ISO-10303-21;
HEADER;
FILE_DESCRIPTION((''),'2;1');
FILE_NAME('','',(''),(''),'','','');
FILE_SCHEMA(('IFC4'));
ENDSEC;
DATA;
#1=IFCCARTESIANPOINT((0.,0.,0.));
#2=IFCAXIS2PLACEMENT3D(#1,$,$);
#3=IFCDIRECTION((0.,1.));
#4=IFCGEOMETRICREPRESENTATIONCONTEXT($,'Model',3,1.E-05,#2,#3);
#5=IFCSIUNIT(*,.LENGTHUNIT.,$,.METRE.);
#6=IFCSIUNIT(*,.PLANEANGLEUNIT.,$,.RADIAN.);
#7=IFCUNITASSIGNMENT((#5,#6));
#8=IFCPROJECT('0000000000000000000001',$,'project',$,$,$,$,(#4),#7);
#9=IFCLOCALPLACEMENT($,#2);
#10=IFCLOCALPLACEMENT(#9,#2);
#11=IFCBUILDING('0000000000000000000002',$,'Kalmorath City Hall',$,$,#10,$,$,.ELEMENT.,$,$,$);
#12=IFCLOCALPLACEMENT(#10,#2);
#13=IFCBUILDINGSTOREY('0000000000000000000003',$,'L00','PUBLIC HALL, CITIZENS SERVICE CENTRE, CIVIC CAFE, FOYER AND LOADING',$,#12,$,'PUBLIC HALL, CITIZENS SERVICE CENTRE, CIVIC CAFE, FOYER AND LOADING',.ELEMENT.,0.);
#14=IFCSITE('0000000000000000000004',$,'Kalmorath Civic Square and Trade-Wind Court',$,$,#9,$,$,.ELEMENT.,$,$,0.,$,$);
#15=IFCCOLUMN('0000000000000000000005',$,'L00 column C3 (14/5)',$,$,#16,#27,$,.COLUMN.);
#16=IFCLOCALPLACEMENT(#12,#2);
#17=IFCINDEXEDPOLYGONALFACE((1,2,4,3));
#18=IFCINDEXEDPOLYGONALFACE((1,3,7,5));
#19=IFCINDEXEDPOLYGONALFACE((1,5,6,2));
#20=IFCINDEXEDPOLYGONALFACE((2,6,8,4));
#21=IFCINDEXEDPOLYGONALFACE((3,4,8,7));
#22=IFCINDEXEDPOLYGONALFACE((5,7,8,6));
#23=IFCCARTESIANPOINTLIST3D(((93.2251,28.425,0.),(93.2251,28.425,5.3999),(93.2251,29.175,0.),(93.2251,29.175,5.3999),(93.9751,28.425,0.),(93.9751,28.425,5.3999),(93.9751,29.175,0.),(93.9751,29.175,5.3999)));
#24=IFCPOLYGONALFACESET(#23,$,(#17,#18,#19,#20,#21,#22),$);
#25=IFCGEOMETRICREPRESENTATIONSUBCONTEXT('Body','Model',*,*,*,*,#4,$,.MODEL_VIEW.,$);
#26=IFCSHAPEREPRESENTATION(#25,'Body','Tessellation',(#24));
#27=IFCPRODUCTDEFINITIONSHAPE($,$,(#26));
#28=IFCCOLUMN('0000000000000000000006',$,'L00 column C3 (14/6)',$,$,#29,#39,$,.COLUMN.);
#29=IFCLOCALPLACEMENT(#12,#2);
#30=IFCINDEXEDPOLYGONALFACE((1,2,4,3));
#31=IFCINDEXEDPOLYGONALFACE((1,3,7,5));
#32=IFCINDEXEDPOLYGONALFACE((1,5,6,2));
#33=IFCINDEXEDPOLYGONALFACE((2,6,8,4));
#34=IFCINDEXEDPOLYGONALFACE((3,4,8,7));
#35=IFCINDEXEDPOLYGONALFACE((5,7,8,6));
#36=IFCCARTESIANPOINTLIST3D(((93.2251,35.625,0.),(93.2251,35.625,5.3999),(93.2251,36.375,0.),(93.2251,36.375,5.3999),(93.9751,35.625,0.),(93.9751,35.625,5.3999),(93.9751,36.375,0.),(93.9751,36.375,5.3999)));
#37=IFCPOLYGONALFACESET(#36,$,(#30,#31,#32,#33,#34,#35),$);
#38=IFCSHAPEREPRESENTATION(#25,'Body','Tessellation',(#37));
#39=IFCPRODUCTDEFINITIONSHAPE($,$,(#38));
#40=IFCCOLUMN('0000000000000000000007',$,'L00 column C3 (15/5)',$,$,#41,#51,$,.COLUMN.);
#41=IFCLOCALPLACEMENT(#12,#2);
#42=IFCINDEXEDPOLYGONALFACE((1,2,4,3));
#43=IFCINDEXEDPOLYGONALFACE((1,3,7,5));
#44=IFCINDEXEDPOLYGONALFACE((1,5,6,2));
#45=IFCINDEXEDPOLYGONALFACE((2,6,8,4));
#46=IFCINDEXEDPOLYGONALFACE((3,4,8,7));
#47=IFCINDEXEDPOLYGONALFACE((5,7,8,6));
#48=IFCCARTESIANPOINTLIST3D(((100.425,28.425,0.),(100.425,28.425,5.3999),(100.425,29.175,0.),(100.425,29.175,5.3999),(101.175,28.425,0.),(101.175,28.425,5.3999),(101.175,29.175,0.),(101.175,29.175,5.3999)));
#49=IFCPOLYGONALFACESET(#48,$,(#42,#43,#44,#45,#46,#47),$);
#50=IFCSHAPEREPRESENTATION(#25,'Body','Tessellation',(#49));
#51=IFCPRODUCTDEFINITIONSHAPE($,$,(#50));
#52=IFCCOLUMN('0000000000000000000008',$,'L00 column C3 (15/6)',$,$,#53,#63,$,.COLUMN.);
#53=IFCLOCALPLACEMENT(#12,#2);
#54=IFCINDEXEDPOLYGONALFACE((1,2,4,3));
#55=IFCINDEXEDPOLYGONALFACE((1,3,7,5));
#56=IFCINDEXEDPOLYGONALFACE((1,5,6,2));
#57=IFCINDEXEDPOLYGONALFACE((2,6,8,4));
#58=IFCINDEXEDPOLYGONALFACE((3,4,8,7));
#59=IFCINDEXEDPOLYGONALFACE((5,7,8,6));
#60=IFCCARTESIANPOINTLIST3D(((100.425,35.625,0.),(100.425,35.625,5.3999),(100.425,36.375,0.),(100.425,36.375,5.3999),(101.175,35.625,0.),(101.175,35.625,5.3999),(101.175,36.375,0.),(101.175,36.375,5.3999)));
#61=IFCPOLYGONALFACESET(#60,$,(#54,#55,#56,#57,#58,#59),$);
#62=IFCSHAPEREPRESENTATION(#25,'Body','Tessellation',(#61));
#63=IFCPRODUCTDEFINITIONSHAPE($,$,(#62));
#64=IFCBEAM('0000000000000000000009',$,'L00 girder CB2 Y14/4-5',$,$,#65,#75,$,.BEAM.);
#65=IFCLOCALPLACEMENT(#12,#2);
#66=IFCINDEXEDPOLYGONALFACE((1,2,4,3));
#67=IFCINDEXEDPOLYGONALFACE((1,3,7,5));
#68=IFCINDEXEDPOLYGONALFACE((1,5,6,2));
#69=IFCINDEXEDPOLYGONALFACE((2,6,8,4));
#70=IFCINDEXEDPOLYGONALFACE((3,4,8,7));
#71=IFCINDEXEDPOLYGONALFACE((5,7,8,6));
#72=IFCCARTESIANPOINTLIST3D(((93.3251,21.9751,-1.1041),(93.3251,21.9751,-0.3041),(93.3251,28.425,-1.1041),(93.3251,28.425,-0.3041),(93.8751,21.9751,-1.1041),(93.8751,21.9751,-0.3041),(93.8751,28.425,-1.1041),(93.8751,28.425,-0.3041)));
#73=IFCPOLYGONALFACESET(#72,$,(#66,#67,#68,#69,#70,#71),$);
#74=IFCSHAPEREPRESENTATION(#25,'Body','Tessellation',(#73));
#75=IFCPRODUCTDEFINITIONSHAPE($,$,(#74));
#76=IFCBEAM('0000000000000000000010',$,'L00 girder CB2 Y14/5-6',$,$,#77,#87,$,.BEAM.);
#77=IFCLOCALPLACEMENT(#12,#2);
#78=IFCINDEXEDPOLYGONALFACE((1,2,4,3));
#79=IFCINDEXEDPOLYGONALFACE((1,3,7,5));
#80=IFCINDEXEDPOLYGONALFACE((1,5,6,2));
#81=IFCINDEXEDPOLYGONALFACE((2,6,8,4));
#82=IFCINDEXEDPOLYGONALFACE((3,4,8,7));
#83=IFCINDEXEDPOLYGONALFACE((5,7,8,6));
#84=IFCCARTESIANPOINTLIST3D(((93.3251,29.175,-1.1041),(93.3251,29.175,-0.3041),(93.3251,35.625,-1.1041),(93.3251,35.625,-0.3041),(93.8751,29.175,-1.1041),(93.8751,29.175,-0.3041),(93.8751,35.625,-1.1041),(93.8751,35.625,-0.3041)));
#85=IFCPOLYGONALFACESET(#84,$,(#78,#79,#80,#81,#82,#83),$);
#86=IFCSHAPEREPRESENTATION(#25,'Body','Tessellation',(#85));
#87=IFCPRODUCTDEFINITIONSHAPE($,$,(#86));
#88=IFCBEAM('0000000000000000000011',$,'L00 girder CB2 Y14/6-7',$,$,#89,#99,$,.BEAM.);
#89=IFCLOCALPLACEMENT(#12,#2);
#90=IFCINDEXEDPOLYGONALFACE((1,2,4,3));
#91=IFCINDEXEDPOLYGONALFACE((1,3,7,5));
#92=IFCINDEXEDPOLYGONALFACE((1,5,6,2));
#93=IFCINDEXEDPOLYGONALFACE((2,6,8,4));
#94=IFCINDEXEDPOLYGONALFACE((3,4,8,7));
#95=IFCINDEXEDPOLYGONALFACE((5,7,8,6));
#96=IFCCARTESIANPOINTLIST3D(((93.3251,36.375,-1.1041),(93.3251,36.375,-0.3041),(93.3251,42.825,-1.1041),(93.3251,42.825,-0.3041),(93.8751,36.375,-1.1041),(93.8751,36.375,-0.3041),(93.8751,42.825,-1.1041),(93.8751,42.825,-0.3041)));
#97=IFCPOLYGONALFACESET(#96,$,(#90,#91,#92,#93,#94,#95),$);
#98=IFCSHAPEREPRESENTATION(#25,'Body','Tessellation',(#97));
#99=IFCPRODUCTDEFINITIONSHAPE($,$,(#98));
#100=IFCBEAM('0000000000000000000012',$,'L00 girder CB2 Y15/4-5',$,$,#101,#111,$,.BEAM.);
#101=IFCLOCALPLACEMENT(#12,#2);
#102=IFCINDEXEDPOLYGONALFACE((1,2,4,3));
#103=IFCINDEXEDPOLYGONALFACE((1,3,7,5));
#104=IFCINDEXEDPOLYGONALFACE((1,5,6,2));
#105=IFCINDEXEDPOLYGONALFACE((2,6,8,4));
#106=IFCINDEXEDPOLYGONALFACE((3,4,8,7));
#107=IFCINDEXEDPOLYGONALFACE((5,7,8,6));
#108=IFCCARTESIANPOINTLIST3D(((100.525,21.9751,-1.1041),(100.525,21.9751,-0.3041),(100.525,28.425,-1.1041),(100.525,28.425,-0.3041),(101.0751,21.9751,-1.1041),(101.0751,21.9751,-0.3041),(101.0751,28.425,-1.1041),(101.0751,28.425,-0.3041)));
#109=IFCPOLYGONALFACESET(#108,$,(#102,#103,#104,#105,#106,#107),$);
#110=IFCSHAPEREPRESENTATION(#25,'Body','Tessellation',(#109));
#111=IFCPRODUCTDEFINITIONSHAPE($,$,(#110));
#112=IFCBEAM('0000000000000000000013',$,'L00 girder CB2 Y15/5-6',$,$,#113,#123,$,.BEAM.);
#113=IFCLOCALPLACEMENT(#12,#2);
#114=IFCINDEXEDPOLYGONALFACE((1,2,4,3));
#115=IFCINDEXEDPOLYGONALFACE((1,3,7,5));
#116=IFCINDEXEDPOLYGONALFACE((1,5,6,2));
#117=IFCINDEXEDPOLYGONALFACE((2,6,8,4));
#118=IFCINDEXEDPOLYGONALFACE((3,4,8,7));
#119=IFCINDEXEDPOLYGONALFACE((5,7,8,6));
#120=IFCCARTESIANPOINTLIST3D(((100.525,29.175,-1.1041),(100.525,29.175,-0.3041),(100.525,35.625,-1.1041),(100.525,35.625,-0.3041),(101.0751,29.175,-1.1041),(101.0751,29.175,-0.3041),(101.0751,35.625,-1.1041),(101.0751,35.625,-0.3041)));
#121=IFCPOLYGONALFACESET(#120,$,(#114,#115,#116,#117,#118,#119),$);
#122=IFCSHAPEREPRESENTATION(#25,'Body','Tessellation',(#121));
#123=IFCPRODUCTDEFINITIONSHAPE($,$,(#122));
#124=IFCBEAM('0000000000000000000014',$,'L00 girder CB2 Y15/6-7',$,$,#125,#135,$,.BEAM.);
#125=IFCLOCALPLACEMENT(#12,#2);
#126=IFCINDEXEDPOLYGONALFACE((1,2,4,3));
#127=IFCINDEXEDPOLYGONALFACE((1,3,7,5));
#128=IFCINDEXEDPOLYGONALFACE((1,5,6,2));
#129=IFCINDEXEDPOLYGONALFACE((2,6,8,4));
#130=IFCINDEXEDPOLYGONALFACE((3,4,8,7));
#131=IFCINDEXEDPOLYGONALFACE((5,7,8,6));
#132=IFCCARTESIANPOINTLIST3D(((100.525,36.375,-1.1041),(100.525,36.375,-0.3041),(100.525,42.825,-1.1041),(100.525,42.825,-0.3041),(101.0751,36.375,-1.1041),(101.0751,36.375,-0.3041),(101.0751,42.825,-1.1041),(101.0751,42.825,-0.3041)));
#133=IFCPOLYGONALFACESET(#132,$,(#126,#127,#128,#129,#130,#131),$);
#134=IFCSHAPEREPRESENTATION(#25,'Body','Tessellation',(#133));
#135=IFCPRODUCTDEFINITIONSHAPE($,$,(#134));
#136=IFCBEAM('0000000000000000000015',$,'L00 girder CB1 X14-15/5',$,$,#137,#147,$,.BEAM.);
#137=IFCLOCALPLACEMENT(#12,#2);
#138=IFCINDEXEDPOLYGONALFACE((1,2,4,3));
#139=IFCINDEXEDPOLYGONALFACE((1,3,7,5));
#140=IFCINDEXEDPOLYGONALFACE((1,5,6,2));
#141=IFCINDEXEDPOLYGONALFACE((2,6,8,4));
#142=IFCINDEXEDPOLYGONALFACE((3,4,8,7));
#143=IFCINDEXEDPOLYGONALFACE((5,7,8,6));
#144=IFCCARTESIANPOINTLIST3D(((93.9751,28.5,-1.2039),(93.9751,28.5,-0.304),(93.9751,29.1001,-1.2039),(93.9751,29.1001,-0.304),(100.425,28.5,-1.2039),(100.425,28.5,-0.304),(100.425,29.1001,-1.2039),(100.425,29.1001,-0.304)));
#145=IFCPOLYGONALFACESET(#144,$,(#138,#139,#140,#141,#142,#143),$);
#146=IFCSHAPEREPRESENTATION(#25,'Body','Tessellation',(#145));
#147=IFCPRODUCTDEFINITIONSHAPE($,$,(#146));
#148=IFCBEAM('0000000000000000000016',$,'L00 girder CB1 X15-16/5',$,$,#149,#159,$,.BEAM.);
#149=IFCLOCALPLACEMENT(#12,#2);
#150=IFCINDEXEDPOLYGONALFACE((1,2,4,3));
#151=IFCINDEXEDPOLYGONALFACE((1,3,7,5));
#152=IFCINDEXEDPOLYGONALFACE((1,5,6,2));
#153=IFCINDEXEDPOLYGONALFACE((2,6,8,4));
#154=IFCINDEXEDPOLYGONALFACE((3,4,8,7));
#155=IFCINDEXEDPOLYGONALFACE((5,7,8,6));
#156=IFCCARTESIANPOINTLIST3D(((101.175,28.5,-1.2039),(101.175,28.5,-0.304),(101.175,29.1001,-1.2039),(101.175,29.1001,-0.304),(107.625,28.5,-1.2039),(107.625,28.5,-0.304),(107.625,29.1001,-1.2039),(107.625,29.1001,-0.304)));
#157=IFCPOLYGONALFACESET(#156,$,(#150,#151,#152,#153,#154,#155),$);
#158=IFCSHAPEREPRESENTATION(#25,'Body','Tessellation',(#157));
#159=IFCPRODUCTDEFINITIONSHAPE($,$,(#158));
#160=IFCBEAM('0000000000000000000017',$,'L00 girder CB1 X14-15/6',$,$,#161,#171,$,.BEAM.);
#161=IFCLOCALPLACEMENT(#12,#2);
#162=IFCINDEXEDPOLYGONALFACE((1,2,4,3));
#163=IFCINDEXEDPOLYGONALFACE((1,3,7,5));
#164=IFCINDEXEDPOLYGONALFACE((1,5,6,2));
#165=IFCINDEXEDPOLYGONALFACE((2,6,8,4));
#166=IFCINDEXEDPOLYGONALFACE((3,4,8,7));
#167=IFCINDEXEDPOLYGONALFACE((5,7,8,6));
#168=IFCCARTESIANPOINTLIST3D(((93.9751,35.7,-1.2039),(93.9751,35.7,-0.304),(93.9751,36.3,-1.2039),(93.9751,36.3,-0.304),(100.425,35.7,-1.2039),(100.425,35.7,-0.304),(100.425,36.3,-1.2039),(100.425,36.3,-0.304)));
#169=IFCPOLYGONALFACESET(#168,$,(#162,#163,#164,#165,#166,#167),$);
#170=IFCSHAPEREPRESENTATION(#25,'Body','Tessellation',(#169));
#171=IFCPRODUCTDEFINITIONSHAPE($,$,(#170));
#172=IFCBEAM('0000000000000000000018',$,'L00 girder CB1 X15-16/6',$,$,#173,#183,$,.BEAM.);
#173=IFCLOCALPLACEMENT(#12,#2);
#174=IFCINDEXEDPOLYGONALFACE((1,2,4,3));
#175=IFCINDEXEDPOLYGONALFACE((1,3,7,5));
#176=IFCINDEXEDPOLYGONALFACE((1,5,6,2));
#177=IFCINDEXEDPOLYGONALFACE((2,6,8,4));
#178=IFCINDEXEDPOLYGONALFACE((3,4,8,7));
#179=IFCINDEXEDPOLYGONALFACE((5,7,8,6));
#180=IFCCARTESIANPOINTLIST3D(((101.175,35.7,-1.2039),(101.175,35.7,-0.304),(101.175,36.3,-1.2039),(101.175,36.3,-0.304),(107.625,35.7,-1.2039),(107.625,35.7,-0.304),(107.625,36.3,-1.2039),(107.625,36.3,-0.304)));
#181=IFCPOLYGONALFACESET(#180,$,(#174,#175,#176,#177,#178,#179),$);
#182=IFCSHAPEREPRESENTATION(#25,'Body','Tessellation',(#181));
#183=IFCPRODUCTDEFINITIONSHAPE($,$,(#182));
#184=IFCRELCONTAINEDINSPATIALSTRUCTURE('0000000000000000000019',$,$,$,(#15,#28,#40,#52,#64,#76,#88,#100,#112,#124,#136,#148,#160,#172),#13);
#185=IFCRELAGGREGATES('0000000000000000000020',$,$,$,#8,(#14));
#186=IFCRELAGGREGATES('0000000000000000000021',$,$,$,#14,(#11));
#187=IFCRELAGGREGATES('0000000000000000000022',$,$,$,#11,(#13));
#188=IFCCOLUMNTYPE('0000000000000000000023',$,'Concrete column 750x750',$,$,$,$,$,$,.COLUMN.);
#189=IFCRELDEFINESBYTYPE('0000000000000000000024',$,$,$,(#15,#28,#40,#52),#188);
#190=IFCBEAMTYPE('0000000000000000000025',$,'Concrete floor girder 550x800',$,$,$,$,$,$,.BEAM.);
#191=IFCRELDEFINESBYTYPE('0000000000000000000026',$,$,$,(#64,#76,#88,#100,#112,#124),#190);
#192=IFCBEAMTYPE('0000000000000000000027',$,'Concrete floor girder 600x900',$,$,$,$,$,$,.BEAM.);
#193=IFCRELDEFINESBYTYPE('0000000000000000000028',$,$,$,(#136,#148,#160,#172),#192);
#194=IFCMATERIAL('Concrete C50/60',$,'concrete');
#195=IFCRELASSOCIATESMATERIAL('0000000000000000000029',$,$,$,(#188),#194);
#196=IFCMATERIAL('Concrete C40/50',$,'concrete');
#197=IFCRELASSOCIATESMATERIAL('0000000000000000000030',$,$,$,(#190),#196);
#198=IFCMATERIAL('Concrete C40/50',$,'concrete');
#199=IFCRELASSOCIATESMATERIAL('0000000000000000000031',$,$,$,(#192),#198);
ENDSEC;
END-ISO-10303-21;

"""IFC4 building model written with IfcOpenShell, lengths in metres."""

from ifc_helpers import new_model, si_unit, direction, frame, origin, origin_2d, place, context, subcontext, project, spatial, rectangle, extrude, material, material_profile, profile_set, type_object, element, save


model = new_model("IFC4")

# Units and contexts
model_context = context("Model", 3, precision=1e-05, world=origin(), true_north=direction((0.0, 1.0)))
body_context = subcontext(model_context, "Body", "Model", "MODEL_VIEW")
ifc_project = project(units=[si_unit("LENGTHUNIT", "METRE"), si_unit("PLANEANGLEUNIT", "RADIAN")], contexts=[model_context])

# Site, building, storey
site_placement = place(None, origin())
site = spatial("IfcSite", under=ifc_project, at=site_placement, Name="Kalmorath Civic Square and Trade-Wind Court", CompositionType="ELEMENT", RefElevation=0.0)
building_placement = place(site_placement, origin())
building = spatial("IfcBuilding", under=site, at=building_placement, Name="Kalmorath City Hall", CompositionType="ELEMENT")
storey_placement = place(building_placement, origin())
storey = spatial("IfcBuildingStorey", under=building, at=storey_placement, Name="L00", Description="PUBLIC HALL, CITIZENS SERVICE CENTRE, CIVIC CAFE, FOYER AND LOADING", LongName="PUBLIC HALL, CITIZENS SERVICE CENTRE, CIVIC CAFE, FOYER AND LOADING", CompositionType="ELEMENT", Elevation=0.0)

# Columns
ifc_material_1 = material(Name="Concrete C50/60", Category="concrete")
ifc_material_profile_1 = material_profile(ifc_material_1, rectangle(XDim=0.75, YDim=0.75, at=origin_2d()), Name="RC-COL-750X750")
ifc_profile_set_1 = profile_set([ifc_material_profile_1], Name="Concrete C50/60")
column_type = type_object("IfcColumnType", Name="Concrete column 750x750", PredefinedType="COLUMN", material=ifc_profile_set_1)
for number, where, z_axis, x_axis, name in (
    (1, (93.6001, 28.8, 0.0), (0.0, 0.0, 1.0), (1.0, 0.0, 0.0), "L00 column C3 (14/5)"),
    (2, (93.6001, 36.0, 0.0), (0.0, 0.0, 1.0), (1.0, 0.0, 0.0), "L00 column C3 (14/6)"),
    (3, (100.8, 28.8, 0.0), (0.0, 0.0, 1.0), (1.0, 0.0, 0.0), "L00 column C3 (15/5)"),
    (4, (100.8, 36.0, 0.0), (0.0, 0.0, 1.0), (1.0, 0.0, 0.0), "L00 column C3 (15/6)"),
):
    element("IfcColumn", number, at=place(storey_placement, frame(where, z_axis=z_axis, x_axis=x_axis)), inside=storey, type_object=column_type, Name=name, PredefinedType="COLUMN", context=body_context, shape_type="SweptSolid", body=[
        extrude(rectangle(XDim=0.75, YDim=0.75, at=origin_2d()), origin(), (0.0, 0.0, 1.0), 5.3999),
    ])

# Beams
ifc_material_2 = material(Name="Concrete C40/50", Category="concrete")
ifc_material_profile_2 = material_profile(ifc_material_2, rectangle(XDim=0.55, YDim=0.8, at=origin_2d()), Name="RC-BM-550X800")
ifc_profile_set_2 = profile_set([ifc_material_profile_2], Name="Concrete C40/50")
beam_type_1 = type_object("IfcBeamType", Name="Concrete floor girder 550x800", PredefinedType="BEAM", material=ifc_profile_set_2)
for number, where, z_axis, x_axis, name in (
    (5, (93.6001, 21.9751, -0.7041), (0.0, 1.0, 0.0), (-1.0, 0.0, 0.0), "L00 girder CB2 Y14/4-5"),
    (6, (93.6001, 29.175, -0.7041), (0.0, 1.0, 0.0), (-1.0, 0.0, 0.0), "L00 girder CB2 Y14/5-6"),
    (7, (93.6001, 36.375, -0.7041), (0.0, 1.0, 0.0), (-1.0, 0.0, 0.0), "L00 girder CB2 Y14/6-7"),
    (8, (100.8, 21.9751, -0.7041), (0.0, 1.0, 0.0), (-1.0, 0.0, 0.0), "L00 girder CB2 Y15/4-5"),
    (9, (100.8, 29.175, -0.7041), (0.0, 1.0, 0.0), (-1.0, 0.0, 0.0), "L00 girder CB2 Y15/5-6"),
    (10, (100.8, 36.375, -0.7041), (0.0, 1.0, 0.0), (-1.0, 0.0, 0.0), "L00 girder CB2 Y15/6-7"),
):
    element("IfcBeam", number, at=place(storey_placement, frame(where, z_axis=z_axis, x_axis=x_axis)), inside=storey, type_object=beam_type_1, Name=name, PredefinedType="BEAM", context=body_context, shape_type="SweptSolid", body=[
        extrude(rectangle(XDim=0.55, YDim=0.8, at=origin_2d()), origin(), (0.0, 0.0, 1.0), 6.45),
    ])
ifc_material_3 = material(Name="Concrete C40/50", Category="concrete")
ifc_material_profile_3 = material_profile(ifc_material_3, rectangle(XDim=0.6001, YDim=0.8999, at=origin_2d()), Name="RC-BM-600X900")
ifc_profile_set_3 = profile_set([ifc_material_profile_3], Name="Concrete C40/50")
beam_type_2 = type_object("IfcBeamType", Name="Concrete floor girder 600x900", PredefinedType="BEAM", material=ifc_profile_set_3)
for number, where, z_axis, x_axis, name in (
    (11, (93.9751, 28.8, -0.7539), (1.0, 0.0, 0.0), (0.0, 1.0, 0.0), "L00 girder CB1 X14-15/5"),
    (12, (101.175, 28.8, -0.7539), (1.0, 0.0, 0.0), (0.0, 1.0, 0.0), "L00 girder CB1 X15-16/5"),
    (13, (93.9751, 36.0, -0.7539), (1.0, 0.0, 0.0), (0.0, 1.0, 0.0), "L00 girder CB1 X14-15/6"),
    (14, (101.175, 36.0, -0.7539), (1.0, 0.0, 0.0), (0.0, 1.0, 0.0), "L00 girder CB1 X15-16/6"),
):
    element("IfcBeam", number, at=place(storey_placement, frame(where, z_axis=z_axis, x_axis=x_axis)), inside=storey, type_object=beam_type_2, Name=name, PredefinedType="BEAM", context=body_context, shape_type="SweptSolid", body=[
        extrude(rectangle(XDim=0.6001, YDim=0.8999, at=origin_2d()), origin(), (0.0, 0.0, 1.0), 6.45),
    ])

save(model, "model.ifc")
